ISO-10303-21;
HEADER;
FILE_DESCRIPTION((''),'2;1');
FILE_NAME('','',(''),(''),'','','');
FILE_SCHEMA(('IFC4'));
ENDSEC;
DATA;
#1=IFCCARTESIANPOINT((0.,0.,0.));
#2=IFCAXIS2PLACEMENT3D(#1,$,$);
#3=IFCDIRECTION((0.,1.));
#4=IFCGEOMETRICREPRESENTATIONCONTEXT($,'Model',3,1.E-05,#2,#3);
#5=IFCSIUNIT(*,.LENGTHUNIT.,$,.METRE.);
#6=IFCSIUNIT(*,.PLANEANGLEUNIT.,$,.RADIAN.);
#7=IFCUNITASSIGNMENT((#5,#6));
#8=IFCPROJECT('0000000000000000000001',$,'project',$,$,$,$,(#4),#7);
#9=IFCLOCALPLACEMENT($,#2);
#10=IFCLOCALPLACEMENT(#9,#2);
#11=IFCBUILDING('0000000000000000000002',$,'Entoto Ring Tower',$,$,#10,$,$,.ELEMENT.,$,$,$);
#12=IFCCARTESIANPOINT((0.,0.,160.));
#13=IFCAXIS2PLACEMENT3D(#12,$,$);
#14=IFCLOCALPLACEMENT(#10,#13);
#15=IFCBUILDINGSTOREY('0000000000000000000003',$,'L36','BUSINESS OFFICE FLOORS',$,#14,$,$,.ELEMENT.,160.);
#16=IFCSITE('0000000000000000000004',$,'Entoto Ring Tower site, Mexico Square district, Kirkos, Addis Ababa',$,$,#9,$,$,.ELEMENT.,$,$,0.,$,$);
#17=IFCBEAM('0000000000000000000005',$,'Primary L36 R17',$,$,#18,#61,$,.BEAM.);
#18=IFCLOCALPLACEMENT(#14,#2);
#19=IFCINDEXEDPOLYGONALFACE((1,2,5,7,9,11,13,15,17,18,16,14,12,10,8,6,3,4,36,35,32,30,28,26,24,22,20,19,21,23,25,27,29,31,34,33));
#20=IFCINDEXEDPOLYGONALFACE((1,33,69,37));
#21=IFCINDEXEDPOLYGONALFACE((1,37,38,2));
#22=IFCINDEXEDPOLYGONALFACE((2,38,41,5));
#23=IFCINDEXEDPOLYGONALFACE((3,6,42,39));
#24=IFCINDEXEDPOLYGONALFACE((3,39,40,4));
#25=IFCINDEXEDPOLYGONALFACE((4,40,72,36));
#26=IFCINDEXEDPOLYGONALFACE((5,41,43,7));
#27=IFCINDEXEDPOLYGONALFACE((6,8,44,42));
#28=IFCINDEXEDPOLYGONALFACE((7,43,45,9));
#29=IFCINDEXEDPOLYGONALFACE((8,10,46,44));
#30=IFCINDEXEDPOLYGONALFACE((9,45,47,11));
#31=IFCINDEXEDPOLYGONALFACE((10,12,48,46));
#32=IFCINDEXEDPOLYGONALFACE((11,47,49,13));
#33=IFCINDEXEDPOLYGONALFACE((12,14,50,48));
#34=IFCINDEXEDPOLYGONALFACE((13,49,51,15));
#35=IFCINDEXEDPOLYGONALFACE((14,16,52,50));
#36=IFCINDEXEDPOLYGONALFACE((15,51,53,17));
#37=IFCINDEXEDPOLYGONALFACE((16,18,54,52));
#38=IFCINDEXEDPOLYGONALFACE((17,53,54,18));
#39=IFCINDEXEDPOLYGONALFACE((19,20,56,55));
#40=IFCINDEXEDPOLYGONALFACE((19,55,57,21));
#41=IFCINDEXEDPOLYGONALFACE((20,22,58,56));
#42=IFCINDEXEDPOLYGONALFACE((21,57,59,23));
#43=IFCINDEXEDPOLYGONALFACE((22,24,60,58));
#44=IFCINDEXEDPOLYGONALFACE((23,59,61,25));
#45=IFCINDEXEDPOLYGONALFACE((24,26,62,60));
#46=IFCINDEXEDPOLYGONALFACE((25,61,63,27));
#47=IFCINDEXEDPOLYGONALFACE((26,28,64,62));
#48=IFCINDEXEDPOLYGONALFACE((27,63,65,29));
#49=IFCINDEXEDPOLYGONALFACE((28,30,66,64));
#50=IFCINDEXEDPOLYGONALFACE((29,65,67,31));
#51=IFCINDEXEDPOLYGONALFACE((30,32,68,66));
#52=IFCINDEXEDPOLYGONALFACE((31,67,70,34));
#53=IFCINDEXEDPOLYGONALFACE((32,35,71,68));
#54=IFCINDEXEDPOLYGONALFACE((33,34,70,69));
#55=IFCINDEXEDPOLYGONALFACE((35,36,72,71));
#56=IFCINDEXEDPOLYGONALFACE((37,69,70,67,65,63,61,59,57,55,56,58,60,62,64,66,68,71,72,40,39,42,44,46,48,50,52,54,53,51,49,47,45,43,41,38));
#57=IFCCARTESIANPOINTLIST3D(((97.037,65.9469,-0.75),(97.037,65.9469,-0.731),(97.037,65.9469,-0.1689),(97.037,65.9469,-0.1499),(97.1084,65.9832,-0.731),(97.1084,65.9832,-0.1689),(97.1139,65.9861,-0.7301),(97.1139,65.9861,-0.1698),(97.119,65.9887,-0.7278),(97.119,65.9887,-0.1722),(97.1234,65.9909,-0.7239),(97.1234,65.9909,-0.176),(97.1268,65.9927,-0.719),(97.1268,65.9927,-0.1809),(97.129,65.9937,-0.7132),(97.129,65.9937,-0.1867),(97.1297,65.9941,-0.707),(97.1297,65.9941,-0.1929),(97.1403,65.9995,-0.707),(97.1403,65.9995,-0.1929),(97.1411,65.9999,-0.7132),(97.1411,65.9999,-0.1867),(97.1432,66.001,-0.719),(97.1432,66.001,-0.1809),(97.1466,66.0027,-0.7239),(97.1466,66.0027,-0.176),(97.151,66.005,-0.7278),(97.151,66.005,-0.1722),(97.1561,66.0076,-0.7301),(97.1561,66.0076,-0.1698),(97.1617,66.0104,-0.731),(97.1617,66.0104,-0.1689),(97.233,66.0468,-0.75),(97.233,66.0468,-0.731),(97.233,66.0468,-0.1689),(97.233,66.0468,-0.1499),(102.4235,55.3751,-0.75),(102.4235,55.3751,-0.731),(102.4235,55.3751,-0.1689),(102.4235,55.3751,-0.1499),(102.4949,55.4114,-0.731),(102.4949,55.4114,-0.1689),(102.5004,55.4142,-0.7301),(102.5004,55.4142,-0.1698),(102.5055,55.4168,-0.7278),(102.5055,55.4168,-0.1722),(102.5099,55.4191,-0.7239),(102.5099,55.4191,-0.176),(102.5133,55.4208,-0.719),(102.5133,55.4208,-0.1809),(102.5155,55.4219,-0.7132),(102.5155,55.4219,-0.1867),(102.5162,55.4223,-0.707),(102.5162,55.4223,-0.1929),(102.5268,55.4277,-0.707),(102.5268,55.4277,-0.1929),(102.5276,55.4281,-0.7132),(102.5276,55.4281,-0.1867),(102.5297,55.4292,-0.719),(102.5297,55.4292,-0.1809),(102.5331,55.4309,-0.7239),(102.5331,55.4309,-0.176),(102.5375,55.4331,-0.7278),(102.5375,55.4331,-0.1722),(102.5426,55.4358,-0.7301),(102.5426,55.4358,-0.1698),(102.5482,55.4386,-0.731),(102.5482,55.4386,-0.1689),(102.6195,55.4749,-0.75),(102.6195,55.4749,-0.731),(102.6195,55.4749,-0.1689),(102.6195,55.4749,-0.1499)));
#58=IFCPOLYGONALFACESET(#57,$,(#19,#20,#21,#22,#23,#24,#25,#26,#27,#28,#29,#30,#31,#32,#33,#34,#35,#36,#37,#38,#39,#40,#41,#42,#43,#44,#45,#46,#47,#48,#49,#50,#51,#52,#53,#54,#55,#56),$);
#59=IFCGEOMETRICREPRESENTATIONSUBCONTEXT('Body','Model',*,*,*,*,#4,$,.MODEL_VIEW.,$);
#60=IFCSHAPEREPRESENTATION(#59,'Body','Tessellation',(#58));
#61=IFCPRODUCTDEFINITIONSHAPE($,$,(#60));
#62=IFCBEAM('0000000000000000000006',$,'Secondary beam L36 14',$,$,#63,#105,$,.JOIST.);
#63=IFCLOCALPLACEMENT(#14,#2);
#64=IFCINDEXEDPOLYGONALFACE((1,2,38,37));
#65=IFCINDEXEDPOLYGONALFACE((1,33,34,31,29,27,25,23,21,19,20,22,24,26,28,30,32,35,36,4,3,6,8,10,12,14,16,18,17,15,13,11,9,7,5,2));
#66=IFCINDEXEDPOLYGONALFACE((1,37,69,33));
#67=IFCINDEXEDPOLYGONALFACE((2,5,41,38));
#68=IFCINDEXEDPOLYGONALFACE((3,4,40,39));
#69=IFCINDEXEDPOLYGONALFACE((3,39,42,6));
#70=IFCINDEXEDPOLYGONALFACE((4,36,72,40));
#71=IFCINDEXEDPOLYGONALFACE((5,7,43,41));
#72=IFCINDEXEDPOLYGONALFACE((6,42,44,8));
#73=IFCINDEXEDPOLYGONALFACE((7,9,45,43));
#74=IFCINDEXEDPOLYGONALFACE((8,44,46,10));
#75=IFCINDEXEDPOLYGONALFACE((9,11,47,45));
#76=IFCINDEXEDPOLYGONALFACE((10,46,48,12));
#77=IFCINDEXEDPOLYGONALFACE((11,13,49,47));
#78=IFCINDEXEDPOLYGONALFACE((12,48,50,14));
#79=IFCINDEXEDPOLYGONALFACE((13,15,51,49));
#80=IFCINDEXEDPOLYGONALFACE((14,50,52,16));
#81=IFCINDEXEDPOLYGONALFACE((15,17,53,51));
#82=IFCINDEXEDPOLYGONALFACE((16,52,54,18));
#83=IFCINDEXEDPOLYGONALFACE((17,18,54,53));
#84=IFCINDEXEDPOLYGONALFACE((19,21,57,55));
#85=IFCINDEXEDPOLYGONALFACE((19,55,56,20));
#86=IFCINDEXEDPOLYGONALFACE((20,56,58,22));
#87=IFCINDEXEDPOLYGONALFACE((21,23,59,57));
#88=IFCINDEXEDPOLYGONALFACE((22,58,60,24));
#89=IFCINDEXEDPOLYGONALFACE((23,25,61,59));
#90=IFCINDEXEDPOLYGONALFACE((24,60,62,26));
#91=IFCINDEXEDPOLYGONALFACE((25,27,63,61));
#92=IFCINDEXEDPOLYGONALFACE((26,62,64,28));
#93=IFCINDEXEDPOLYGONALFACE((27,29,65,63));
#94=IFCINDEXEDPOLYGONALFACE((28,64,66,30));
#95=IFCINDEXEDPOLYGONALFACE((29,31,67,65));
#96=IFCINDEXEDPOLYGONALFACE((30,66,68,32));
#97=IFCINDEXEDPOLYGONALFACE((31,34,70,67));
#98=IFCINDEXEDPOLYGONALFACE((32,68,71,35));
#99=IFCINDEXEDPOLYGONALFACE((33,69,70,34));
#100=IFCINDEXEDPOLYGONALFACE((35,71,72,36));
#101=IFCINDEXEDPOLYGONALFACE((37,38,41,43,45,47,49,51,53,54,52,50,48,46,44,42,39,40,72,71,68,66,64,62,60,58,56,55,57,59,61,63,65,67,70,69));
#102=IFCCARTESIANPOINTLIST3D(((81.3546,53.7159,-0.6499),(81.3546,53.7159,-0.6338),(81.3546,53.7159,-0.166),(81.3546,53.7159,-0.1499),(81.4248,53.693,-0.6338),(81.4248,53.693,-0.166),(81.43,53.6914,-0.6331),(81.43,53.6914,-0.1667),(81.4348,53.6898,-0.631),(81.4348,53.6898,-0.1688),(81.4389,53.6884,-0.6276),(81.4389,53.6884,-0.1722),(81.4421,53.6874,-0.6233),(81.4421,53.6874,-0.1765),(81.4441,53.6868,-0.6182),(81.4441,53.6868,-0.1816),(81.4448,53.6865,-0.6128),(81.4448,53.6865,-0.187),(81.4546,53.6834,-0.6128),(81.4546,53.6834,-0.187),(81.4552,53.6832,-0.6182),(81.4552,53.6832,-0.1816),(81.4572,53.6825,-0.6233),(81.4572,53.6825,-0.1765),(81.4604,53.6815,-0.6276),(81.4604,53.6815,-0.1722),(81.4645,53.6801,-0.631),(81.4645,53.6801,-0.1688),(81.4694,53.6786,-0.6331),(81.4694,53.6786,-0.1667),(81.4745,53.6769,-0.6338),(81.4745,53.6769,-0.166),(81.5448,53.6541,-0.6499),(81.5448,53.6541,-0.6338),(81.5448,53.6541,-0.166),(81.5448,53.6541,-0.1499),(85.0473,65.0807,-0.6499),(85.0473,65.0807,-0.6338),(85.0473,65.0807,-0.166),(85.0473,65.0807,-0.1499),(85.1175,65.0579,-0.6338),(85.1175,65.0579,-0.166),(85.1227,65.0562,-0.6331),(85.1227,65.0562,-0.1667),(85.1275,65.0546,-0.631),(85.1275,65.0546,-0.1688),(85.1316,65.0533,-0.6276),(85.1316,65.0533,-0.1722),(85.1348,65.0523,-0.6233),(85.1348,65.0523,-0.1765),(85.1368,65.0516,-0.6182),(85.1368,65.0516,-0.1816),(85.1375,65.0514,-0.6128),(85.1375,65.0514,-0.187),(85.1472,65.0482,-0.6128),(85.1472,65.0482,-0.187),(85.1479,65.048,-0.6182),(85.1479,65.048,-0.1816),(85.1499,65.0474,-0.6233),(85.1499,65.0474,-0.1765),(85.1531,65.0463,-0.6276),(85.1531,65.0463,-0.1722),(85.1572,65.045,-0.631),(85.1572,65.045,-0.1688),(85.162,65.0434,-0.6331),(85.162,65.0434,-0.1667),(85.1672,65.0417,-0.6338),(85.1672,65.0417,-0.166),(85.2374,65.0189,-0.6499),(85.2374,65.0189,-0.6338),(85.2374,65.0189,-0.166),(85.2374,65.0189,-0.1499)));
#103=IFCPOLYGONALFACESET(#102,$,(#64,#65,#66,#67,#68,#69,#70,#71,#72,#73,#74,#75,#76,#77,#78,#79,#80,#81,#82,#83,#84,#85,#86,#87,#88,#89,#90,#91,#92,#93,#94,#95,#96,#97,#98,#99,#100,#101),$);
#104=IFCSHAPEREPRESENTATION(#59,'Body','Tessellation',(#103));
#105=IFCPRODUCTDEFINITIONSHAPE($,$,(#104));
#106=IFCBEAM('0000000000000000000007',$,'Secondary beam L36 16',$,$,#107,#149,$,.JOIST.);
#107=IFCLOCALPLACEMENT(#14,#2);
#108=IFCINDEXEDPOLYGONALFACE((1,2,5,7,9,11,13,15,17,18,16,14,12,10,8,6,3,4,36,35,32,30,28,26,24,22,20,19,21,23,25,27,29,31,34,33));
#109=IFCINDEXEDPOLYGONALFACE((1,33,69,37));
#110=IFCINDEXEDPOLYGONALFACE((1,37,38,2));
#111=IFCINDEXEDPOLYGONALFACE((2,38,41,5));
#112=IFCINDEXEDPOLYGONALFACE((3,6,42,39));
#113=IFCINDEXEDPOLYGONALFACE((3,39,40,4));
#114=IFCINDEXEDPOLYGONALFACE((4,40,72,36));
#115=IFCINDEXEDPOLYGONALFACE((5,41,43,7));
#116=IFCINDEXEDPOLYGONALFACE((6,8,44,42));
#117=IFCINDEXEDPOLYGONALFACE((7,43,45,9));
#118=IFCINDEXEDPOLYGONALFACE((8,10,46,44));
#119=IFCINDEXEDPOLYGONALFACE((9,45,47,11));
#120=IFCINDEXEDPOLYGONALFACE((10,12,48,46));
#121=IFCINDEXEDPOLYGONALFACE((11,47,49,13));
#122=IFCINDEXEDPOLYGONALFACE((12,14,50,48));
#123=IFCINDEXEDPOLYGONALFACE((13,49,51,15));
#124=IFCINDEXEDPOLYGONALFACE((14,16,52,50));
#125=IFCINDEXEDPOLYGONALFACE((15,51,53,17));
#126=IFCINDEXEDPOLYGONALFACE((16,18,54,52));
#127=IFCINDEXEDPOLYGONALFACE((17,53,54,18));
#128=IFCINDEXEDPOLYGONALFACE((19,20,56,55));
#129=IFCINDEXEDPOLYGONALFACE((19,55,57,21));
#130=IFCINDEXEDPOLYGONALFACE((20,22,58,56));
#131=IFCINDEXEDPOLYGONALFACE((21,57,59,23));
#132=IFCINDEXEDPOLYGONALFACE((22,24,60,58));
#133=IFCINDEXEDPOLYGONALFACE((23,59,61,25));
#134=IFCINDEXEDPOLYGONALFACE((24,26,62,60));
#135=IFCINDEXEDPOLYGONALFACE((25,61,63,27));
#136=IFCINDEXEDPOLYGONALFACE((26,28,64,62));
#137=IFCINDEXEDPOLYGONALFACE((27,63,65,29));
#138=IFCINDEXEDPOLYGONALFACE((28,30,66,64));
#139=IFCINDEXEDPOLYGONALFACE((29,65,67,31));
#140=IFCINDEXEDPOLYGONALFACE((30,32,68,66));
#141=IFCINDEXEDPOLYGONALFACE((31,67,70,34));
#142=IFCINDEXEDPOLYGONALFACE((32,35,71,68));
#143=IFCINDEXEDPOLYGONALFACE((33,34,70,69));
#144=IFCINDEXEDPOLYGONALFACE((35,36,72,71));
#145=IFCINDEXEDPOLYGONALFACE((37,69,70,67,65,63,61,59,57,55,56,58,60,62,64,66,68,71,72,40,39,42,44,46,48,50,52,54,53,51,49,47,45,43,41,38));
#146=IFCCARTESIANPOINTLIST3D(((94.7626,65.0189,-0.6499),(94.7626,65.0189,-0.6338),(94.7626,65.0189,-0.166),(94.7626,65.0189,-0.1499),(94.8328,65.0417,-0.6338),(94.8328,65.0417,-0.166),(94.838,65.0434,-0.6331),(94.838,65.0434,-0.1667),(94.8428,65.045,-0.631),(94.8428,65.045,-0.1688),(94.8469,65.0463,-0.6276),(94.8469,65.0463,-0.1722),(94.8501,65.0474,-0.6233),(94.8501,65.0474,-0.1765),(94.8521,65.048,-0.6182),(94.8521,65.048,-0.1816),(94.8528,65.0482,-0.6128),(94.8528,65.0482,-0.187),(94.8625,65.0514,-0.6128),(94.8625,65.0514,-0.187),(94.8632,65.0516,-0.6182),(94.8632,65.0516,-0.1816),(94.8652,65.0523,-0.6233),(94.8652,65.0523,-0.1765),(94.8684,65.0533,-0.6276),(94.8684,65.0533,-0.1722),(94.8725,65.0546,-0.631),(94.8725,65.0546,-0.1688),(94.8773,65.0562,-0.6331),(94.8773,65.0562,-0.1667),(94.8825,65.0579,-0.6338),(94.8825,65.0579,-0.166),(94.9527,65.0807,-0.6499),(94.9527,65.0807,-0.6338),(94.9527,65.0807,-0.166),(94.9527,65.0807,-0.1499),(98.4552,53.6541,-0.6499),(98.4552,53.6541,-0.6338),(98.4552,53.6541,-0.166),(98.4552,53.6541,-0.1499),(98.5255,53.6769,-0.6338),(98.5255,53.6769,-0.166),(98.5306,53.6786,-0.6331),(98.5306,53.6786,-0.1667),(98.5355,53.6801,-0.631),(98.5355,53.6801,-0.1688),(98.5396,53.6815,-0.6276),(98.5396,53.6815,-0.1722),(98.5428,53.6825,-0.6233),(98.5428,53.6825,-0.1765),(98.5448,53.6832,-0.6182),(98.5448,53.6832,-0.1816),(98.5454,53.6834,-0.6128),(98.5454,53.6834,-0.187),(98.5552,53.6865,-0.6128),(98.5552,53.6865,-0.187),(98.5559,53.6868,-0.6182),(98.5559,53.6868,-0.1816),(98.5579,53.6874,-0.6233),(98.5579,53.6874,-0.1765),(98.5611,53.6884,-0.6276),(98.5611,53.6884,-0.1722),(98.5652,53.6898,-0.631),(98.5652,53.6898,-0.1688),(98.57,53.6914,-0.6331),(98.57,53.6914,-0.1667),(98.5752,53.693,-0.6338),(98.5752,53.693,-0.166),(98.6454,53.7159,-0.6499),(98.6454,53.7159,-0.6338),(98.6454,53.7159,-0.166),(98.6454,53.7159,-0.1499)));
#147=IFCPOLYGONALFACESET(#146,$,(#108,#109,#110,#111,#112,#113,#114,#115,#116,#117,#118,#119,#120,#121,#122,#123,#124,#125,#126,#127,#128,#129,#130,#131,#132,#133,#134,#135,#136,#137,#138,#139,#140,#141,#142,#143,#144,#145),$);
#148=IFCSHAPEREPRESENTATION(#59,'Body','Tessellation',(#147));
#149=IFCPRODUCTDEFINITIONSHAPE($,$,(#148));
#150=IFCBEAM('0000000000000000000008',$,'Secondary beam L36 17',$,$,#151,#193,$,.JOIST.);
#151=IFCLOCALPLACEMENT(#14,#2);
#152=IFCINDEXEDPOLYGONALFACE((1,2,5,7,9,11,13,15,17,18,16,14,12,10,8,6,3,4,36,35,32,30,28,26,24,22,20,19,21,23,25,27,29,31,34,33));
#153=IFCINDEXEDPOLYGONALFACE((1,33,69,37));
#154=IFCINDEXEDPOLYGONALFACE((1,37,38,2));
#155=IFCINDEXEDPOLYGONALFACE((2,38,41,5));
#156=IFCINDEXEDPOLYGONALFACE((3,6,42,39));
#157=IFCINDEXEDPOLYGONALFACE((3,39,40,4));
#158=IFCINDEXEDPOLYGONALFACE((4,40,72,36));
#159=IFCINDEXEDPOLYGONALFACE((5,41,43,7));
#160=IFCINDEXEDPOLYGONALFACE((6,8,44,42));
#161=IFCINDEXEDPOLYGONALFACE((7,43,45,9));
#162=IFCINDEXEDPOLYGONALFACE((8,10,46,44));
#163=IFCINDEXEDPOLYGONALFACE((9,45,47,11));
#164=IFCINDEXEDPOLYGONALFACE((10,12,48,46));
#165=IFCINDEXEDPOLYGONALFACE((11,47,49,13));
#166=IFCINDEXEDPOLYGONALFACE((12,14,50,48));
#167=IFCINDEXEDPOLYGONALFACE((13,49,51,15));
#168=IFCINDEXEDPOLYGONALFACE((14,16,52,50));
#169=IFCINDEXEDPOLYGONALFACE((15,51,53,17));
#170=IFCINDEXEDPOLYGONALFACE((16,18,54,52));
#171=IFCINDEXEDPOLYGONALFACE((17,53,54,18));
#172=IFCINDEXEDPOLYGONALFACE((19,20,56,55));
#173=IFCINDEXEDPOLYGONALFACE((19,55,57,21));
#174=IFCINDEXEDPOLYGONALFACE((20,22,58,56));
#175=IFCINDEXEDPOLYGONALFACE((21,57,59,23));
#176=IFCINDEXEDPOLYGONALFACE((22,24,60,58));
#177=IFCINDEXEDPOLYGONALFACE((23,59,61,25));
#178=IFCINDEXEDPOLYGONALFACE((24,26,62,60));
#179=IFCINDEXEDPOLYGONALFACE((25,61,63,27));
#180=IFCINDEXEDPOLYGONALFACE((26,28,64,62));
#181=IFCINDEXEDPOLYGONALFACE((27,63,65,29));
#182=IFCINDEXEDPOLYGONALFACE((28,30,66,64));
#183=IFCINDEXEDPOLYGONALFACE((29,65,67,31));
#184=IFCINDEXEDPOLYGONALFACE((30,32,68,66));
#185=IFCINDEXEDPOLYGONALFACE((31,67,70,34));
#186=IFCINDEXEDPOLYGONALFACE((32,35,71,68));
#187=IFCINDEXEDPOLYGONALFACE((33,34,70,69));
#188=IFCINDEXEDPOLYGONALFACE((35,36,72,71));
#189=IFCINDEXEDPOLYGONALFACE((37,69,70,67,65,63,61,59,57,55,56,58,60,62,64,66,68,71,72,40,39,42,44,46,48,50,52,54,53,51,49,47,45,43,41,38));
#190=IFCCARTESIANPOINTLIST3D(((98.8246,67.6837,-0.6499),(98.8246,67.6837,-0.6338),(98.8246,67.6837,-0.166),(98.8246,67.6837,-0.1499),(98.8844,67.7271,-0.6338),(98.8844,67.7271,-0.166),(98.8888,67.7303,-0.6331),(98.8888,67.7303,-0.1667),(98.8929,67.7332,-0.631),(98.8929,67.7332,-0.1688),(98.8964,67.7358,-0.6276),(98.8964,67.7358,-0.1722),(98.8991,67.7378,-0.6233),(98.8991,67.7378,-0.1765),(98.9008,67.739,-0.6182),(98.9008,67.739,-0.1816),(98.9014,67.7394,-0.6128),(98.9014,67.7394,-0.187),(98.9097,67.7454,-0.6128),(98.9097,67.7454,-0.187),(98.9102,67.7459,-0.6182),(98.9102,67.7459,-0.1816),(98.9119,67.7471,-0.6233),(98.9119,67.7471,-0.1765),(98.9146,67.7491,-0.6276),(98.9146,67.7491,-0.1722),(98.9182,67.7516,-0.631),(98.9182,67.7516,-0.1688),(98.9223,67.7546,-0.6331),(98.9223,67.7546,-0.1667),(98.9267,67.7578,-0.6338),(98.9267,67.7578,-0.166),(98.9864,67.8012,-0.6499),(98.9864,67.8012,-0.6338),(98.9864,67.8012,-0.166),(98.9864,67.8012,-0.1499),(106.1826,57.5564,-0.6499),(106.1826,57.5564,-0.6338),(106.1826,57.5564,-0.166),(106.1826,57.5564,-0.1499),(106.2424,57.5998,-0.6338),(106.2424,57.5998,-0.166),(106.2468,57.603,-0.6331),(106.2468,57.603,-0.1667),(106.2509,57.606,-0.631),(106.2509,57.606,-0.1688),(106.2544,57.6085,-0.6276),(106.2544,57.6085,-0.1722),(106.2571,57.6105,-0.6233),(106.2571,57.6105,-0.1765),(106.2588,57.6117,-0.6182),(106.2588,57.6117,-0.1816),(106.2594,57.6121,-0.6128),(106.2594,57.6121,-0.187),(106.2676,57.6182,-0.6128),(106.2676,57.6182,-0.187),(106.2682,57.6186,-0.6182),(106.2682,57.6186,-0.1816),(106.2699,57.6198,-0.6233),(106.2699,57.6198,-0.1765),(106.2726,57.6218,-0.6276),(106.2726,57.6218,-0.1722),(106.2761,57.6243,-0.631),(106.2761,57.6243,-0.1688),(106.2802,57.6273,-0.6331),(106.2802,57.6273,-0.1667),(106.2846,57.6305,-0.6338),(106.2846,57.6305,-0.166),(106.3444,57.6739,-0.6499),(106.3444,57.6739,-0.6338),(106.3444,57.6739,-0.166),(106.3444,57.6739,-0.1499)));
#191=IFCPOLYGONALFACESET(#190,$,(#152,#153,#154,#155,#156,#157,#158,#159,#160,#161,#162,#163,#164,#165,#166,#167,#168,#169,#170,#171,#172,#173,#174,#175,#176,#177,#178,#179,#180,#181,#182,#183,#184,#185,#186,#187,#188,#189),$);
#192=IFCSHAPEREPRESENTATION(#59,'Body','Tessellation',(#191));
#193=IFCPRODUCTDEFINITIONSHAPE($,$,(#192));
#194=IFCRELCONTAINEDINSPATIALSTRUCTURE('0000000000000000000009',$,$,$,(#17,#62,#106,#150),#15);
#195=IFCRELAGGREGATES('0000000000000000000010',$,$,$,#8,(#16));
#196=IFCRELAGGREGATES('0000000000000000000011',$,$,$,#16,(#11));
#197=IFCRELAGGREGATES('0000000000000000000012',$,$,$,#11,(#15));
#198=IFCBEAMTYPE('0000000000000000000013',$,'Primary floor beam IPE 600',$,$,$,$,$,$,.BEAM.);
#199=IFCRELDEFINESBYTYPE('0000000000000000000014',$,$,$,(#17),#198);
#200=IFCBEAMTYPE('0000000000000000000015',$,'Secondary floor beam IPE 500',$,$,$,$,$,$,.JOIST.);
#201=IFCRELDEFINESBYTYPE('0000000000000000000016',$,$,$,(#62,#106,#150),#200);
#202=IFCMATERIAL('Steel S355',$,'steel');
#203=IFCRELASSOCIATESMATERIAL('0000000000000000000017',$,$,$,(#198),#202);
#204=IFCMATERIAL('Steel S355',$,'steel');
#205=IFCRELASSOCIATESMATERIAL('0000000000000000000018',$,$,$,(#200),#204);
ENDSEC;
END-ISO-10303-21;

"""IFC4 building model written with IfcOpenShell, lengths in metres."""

from ifc_helpers import new_model, si_unit, direction, frame, origin, origin_2d, place, context, subcontext, project, spatial, i_section, extrude, material, material_profile, profile_set, type_object, element, save


model = new_model("IFC4")

# Units and contexts
model_context = context("Model", 3, precision=1e-05, world=origin(), true_north=direction((0.0, 1.0)))
body_context = subcontext(model_context, "Body", "Model", "MODEL_VIEW")
ifc_project = project(units=[si_unit("LENGTHUNIT", "METRE"), si_unit("PLANEANGLEUNIT", "RADIAN")], contexts=[model_context])

# Site, building, storey
site_placement = place(None, origin())
site = spatial("IfcSite", under=ifc_project, at=site_placement, Name="Entoto Ring Tower site, Mexico Square district, Kirkos, Addis Ababa", CompositionType="ELEMENT", RefElevation=0.0)
building_placement = place(site_placement, origin())
building = spatial("IfcBuilding", under=site, at=building_placement, Name="Entoto Ring Tower", CompositionType="ELEMENT")
storey_placement = place(building_placement, frame((0.0, 0.0, 160.0)))
storey = spatial("IfcBuildingStorey", under=building, at=storey_placement, Name="L36", Description="BUSINESS OFFICE FLOORS", CompositionType="ELEMENT", Elevation=160.0)

# Beams
ifc_material_1 = material(Name="Steel S355", Category="steel")
ifc_material_profile_1 = material_profile(ifc_material_1, i_section(OverallWidth=0.22, OverallDepth=0.6001, WebThickness=0.012, FlangeThickness=0.019, FilletRadius=0.0239, at=origin_2d()), Name="IPE 600")
ifc_profile_set_1 = profile_set([ifc_material_profile_1], Name="Steel S355")
beam_type_1 = type_object("IfcBeamType", Name="Primary floor beam IPE 600", PredefinedType="BEAM", material=ifc_profile_set_1)
beam_1_placement = place(storey_placement, frame((97.135, 65.9968, -0.45), z_axis=(0.453983, -0.89101, 0.0), x_axis=(0.89101, 0.453983, 0.0)))
element("IfcBeam", 1, at=beam_1_placement, inside=storey, type_object=beam_type_1, Name="Primary L36 R17", PredefinedType="BEAM", context=body_context, shape_type="SweptSolid", body=[
    extrude(i_section(OverallWidth=0.22, OverallDepth=0.6001, WebThickness=0.012, FlangeThickness=0.019, FilletRadius=0.0239, at=origin_2d()), origin(), (0.0, 0.0, 1.0), 11.865),
])
ifc_material_2 = material(Name="Steel S355", Category="steel")
ifc_material_profile_2 = material_profile(ifc_material_2, i_section(OverallWidth=0.2, OverallDepth=0.5, WebThickness=0.0103, FlangeThickness=0.0161, FilletRadius=0.021, at=origin_2d()), Name="IPE 500")
ifc_profile_set_2 = profile_set([ifc_material_profile_2], Name="Steel S355")
beam_type_2 = type_object("IfcBeamType", Name="Secondary floor beam IPE 500", PredefinedType="JOIST", material=ifc_profile_set_2)
for number, where, z_axis, x_axis, name in (
    (2, (85.1423, 65.0498, -0.3999), (-0.309017, -0.951057, 0.0), (0.951057, -0.309017, 0.0), "Secondary beam L36 14"),
    (3, (94.8577, 65.0498, -0.3999), (0.309017, -0.951057, 0.0), (0.951057, 0.309017, 0.0), "Secondary beam L36 16"),
):
    element("IfcBeam", number, at=place(storey_placement, frame(where, z_axis=z_axis, x_axis=x_axis)), inside=storey, type_object=beam_type_2, Name=name, PredefinedType="JOIST", context=body_context, shape_type="SweptSolid", body=[
        extrude(i_section(OverallWidth=0.2, OverallDepth=0.5, WebThickness=0.0103, FlangeThickness=0.0161, FilletRadius=0.021, at=origin_2d()), origin(), (0.0, 0.0, 1.0), 11.9497),
    ])
beam_2_placement = place(storey_placement, frame((98.9055, 67.7424, -0.3999), z_axis=(0.587789, -0.809014, 0.0), x_axis=(0.809014, 0.587789, 0.0)))
element("IfcBeam", 4, at=beam_2_placement, inside=storey, type_object=beam_type_2, Name="Secondary beam L36 17", PredefinedType="JOIST", context=body_context, shape_type="SweptSolid", body=[
    extrude(i_section(OverallWidth=0.2, OverallDepth=0.5, WebThickness=0.0103, FlangeThickness=0.0161, FilletRadius=0.021, at=origin_2d()), origin(), (0.0, 0.0, 1.0), 12.5181),
])

save(model, "model.ifc")
